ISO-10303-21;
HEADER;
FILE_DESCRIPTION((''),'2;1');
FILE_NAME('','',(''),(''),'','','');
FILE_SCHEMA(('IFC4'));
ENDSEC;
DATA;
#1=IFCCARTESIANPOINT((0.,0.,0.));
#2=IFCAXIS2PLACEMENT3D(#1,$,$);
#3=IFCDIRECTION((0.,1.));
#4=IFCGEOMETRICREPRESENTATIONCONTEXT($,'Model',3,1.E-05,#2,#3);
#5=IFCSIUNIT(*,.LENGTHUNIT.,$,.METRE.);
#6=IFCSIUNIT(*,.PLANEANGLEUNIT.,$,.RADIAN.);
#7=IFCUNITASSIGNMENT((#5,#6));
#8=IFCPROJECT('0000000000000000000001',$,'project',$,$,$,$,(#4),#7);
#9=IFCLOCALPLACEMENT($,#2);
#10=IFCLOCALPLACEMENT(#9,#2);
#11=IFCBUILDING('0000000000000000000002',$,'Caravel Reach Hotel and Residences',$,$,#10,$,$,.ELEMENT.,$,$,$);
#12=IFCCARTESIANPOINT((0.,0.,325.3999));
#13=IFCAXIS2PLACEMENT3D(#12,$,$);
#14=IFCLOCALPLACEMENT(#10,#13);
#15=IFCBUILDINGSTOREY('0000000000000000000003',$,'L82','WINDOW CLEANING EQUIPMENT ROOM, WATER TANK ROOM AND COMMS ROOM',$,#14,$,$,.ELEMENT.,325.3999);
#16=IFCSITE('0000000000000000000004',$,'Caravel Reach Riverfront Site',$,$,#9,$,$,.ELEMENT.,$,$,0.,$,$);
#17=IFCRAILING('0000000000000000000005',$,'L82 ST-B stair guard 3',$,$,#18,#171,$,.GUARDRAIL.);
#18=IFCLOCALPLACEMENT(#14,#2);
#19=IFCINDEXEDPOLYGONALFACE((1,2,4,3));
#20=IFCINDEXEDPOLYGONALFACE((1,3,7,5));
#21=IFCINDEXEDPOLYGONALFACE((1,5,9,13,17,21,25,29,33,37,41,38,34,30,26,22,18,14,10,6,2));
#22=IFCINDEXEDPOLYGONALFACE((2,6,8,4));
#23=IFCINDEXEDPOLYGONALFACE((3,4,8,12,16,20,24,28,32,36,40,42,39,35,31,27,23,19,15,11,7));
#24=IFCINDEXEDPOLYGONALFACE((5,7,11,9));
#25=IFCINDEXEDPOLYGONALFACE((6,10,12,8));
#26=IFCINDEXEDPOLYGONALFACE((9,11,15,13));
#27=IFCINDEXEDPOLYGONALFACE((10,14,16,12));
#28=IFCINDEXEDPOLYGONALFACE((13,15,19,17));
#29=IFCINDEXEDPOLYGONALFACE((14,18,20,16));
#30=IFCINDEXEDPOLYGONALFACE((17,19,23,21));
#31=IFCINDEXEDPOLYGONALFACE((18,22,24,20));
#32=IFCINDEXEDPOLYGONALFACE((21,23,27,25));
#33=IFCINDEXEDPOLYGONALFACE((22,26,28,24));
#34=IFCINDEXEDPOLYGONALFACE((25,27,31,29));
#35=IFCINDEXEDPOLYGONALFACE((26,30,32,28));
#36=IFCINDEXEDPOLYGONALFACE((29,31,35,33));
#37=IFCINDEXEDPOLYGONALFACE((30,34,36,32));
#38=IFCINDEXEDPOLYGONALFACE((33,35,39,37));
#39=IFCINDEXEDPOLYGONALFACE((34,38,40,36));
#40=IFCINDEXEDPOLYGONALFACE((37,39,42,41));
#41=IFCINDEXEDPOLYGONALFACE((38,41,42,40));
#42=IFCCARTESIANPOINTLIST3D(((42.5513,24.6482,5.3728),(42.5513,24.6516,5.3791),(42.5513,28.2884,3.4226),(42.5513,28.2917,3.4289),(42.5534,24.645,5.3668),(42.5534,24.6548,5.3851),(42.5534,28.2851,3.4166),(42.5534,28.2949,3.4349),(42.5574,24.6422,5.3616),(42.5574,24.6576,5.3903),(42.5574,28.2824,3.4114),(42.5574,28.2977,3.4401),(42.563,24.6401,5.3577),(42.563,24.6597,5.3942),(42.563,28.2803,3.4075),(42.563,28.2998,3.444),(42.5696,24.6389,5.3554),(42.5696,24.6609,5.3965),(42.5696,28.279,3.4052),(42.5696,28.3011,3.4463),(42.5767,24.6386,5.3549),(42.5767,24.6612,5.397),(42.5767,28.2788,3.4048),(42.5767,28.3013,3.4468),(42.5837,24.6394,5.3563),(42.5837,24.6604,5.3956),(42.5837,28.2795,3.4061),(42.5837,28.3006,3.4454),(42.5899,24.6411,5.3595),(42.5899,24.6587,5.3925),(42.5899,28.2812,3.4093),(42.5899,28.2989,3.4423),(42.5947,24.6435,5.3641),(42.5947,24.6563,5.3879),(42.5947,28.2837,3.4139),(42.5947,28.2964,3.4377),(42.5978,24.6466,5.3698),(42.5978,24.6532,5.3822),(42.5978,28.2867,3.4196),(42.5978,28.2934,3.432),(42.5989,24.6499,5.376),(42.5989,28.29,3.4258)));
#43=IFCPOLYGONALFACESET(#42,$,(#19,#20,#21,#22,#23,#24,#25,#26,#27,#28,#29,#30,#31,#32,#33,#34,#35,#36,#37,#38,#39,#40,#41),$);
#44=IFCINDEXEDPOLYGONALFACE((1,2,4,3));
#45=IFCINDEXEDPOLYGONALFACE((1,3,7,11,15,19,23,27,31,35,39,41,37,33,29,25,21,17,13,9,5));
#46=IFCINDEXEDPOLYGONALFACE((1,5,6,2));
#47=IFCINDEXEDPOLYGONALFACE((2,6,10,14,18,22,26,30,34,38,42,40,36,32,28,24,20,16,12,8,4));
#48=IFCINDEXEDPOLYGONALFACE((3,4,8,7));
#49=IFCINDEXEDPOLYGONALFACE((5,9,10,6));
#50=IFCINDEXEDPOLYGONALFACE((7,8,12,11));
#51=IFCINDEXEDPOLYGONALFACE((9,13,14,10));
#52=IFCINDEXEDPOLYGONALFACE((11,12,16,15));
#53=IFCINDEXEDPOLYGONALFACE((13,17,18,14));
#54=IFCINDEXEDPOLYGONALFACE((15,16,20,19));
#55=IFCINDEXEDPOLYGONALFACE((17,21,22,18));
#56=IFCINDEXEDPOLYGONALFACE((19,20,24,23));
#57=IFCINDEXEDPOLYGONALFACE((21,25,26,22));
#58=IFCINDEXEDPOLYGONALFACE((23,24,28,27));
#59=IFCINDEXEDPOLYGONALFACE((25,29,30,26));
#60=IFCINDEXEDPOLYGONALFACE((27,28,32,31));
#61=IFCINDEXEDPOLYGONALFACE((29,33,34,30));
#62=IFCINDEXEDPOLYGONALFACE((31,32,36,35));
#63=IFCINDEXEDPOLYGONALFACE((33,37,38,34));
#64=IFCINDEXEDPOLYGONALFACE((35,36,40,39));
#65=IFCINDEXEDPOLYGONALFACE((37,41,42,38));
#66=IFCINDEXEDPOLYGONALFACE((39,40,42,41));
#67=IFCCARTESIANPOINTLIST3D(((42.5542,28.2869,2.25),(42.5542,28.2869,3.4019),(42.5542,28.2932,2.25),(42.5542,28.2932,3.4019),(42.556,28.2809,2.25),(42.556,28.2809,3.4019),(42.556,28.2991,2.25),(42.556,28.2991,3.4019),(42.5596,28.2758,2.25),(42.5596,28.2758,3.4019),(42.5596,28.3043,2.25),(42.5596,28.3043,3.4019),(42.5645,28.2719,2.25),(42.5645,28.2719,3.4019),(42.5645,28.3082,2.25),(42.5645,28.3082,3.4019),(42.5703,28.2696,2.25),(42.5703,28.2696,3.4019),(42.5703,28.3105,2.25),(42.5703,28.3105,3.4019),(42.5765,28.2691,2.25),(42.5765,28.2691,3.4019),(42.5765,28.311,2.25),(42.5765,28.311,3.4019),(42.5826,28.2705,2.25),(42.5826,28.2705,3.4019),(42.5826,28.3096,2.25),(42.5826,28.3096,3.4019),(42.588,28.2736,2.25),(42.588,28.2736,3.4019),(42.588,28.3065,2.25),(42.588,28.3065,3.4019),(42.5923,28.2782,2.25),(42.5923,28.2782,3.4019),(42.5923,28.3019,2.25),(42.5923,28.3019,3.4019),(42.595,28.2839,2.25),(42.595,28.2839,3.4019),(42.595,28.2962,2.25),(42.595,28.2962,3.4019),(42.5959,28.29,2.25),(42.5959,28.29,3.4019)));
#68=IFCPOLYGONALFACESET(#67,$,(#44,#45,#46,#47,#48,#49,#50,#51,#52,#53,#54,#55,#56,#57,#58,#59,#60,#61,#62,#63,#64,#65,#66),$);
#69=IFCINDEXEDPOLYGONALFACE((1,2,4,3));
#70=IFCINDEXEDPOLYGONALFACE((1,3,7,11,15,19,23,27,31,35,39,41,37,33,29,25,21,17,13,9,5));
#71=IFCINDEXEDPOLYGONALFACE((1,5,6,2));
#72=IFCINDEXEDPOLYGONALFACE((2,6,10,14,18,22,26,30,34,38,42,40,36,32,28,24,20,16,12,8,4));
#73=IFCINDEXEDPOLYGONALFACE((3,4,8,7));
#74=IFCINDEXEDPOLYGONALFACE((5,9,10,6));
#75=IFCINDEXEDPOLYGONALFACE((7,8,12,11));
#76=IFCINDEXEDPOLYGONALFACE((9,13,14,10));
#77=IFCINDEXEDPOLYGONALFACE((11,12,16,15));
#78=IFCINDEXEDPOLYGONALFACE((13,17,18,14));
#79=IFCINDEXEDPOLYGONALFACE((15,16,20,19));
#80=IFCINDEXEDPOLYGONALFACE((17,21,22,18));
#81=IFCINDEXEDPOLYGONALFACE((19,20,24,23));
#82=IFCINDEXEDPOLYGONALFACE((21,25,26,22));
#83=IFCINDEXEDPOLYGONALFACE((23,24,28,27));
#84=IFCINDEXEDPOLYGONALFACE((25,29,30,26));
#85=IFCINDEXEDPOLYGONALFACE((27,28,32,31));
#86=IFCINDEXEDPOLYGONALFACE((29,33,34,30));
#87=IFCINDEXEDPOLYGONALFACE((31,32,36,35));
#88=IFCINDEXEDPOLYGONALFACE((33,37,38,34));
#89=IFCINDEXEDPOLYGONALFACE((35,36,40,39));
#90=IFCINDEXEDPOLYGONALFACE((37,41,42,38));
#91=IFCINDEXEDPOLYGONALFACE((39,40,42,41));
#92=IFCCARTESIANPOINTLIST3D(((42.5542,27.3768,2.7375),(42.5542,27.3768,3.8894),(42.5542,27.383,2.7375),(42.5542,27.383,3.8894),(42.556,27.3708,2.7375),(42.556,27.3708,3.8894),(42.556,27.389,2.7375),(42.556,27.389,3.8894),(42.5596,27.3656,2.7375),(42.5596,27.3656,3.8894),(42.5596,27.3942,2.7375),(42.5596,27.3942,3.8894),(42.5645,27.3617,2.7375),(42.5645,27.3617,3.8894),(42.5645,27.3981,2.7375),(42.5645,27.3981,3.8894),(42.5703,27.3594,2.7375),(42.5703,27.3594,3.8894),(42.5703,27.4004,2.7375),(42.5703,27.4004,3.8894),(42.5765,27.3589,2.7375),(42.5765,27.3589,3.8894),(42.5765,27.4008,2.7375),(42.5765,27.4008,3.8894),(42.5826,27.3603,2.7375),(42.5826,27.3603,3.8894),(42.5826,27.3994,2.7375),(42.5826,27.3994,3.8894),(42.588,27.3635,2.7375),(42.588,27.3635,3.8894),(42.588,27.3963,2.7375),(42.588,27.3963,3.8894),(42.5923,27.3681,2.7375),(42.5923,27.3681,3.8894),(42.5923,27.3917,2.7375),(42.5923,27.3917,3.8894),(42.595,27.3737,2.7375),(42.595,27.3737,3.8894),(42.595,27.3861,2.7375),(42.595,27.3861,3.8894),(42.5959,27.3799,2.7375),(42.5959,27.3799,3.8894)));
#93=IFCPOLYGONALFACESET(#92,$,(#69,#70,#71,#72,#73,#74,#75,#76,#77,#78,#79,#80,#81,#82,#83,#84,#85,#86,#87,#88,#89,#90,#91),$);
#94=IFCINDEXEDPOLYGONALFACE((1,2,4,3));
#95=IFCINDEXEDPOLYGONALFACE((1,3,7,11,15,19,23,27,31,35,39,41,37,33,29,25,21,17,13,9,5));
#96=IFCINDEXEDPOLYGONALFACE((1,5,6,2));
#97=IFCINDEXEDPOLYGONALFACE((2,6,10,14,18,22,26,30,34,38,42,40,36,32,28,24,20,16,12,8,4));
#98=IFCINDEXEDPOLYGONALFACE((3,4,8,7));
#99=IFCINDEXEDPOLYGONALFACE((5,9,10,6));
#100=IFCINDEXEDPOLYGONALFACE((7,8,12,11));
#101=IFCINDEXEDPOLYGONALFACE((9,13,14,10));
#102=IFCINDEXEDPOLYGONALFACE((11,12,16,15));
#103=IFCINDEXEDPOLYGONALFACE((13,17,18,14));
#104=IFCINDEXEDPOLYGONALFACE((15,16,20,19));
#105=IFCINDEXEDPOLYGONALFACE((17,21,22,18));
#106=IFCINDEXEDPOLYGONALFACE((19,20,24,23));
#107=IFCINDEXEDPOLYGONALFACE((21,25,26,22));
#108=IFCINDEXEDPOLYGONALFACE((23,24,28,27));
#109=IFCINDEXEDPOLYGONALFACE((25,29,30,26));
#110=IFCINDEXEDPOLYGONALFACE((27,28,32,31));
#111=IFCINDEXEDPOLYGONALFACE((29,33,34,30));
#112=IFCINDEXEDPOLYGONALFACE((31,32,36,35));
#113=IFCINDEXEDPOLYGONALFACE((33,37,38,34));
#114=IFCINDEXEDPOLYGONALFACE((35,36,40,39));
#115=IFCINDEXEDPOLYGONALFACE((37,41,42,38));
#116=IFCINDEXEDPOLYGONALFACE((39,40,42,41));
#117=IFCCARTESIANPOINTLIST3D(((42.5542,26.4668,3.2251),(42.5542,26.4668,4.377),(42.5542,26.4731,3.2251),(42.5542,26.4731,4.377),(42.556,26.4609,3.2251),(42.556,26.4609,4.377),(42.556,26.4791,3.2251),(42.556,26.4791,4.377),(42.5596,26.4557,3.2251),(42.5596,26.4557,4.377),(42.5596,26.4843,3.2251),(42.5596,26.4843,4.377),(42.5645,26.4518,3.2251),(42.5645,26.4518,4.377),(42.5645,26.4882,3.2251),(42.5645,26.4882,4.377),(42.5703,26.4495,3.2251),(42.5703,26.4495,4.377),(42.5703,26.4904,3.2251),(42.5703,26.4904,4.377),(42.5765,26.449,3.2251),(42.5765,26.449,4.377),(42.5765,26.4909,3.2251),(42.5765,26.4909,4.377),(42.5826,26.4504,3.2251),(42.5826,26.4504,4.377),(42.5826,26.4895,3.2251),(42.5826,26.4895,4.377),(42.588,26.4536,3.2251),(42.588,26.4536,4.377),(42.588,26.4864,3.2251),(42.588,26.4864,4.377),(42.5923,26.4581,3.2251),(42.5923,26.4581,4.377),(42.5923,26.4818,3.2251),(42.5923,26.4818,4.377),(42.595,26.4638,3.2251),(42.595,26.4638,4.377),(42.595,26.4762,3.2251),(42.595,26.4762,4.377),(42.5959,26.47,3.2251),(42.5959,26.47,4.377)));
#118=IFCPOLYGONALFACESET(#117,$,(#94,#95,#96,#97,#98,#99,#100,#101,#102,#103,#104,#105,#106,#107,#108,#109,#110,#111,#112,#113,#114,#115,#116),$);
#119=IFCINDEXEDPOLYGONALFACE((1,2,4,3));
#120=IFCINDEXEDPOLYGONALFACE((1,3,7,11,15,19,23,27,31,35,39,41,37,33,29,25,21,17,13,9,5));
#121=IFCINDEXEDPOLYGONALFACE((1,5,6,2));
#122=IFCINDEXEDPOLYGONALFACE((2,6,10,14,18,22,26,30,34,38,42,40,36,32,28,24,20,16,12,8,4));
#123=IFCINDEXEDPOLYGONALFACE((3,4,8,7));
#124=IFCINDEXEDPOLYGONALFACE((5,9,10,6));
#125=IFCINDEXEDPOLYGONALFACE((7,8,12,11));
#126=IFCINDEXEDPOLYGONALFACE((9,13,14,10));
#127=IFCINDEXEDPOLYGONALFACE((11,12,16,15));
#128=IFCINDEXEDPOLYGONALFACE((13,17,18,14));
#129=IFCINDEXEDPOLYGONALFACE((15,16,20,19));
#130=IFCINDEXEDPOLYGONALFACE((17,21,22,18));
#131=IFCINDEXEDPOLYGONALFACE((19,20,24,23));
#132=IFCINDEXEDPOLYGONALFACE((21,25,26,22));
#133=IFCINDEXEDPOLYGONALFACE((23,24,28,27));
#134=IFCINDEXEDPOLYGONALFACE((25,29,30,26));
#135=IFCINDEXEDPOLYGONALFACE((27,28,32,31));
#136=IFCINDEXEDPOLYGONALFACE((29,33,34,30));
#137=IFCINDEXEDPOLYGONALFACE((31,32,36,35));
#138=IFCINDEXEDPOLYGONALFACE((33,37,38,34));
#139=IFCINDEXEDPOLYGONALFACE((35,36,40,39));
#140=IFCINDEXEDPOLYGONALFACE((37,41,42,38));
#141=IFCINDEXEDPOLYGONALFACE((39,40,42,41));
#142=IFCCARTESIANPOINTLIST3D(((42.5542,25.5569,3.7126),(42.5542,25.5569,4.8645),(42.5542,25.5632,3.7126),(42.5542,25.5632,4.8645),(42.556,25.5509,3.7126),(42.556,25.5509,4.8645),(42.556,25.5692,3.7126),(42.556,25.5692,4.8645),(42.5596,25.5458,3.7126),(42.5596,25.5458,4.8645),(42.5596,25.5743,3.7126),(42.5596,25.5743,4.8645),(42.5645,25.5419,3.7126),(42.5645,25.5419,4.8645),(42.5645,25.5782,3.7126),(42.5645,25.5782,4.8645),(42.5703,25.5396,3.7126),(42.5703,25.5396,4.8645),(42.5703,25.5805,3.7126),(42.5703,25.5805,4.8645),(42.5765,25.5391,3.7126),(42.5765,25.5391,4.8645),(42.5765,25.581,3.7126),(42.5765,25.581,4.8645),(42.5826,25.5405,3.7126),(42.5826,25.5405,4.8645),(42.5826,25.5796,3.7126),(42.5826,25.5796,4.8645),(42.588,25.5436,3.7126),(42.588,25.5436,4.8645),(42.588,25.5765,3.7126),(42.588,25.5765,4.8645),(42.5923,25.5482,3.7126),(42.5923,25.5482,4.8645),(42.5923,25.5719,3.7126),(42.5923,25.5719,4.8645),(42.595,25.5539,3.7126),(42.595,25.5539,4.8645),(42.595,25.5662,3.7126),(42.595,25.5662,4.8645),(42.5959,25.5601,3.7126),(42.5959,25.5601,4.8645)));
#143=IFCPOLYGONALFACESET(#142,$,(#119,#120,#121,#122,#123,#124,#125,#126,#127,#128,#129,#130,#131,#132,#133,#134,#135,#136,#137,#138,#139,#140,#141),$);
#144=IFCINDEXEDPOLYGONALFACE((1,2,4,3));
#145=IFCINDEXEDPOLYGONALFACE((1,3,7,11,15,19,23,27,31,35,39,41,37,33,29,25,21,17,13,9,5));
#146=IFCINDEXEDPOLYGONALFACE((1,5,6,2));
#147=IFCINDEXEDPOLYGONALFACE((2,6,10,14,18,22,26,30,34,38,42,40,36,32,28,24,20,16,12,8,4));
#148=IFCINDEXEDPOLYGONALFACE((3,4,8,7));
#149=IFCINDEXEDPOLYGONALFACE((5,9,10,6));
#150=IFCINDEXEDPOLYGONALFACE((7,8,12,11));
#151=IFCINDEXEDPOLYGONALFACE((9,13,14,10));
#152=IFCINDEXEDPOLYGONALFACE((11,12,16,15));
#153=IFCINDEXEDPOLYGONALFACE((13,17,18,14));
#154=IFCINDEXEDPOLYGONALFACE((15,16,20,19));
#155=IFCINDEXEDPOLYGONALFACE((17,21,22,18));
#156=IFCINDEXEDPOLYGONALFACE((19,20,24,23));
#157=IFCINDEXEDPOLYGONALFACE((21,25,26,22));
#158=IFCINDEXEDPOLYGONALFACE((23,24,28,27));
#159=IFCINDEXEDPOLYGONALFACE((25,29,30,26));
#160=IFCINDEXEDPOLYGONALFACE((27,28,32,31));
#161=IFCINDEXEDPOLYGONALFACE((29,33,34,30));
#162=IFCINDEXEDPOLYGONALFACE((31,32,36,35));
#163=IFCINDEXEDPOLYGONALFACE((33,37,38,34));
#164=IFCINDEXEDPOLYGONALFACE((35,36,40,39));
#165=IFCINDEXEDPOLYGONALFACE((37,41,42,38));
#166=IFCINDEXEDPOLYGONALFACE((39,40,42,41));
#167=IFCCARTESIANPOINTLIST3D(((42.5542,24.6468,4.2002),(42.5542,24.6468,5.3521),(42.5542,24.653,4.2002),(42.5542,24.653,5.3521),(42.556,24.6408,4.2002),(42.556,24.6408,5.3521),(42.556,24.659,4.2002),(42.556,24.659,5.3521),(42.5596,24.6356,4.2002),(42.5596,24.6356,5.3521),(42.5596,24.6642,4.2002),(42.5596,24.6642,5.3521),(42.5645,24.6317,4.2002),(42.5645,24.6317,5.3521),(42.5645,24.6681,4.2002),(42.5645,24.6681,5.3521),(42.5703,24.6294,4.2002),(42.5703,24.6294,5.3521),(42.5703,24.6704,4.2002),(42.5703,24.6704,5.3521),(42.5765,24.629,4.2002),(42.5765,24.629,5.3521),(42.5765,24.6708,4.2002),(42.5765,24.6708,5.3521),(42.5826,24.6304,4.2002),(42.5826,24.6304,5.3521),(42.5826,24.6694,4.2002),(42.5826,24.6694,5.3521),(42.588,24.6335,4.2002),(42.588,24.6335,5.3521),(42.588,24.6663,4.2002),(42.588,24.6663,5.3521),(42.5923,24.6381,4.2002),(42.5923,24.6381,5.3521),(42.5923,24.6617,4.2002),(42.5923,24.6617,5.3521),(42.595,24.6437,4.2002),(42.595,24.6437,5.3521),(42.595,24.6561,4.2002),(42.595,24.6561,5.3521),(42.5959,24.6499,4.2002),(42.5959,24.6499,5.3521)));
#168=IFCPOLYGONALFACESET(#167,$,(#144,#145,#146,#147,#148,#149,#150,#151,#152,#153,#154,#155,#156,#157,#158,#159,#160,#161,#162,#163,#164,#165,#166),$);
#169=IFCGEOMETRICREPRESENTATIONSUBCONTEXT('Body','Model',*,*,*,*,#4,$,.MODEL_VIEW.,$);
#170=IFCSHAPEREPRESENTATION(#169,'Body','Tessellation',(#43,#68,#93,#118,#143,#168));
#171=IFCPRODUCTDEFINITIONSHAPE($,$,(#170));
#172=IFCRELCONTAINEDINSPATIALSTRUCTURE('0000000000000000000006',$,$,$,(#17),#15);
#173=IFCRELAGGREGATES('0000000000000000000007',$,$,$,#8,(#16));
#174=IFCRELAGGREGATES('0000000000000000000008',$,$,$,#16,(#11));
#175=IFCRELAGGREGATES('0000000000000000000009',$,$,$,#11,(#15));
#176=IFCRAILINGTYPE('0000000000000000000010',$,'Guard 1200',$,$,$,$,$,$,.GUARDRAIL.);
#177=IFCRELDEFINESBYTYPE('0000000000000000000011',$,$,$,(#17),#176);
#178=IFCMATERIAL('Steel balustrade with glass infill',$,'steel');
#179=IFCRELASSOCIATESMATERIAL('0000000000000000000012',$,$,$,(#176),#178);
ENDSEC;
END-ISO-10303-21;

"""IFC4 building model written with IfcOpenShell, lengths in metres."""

from ifc_helpers import new_model, si_unit, direction, frame, origin, origin_2d, place, context, subcontext, project, spatial, circle, extrude, material, type_object, element, save


model = new_model("IFC4")

# Units and contexts
model_context = context("Model", 3, precision=1e-05, world=origin(), true_north=direction((0.0, 1.0)))
body_context = subcontext(model_context, "Body", "Model", "MODEL_VIEW")
ifc_project = project(units=[si_unit("LENGTHUNIT", "METRE"), si_unit("PLANEANGLEUNIT", "RADIAN")], contexts=[model_context])

# Site, building, storey
site_placement = place(None, origin())
site = spatial("IfcSite", under=ifc_project, at=site_placement, Name="Caravel Reach Riverfront Site", CompositionType="ELEMENT", RefElevation=0.0)
building_placement = place(site_placement, origin())
building = spatial("IfcBuilding", under=site, at=building_placement, Name="Caravel Reach Hotel and Residences", CompositionType="ELEMENT")
storey_placement = place(building_placement, frame((0.0, 0.0, 325.3999)))
storey = spatial("IfcBuildingStorey", under=building, at=storey_placement, Name="L82", Description="WINDOW CLEANING EQUIPMENT ROOM, WATER TANK ROOM AND COMMS ROOM", CompositionType="ELEMENT", Elevation=325.3999)

# Railing
ifc_material_1 = material(Name="Steel balustrade with glass infill", Category="steel")
railing_type_1 = type_object("IfcRailingType", Name="Guard 1200", PredefinedType="GUARDRAIL", material=ifc_material_1)
railing_1_placement = place(storey_placement, frame((42.575, 28.29, 2.25)))
element("IfcRailing", 1, at=railing_1_placement, inside=storey, type_object=railing_type_1, Name="L82 ST-B stair guard 3", PredefinedType="GUARDRAIL", context=body_context, shape_type="SweptSolid", body=[
    extrude(circle(Radius=0.0239, at=origin_2d()), frame((0.0, 0.0, 1.1758), z_axis=(0.0, -0.881468, 0.472244), x_axis=(1.0, 0.0, 0.0)), (0.0, 0.0, 1.0), 4.1296),
    extrude(circle(Radius=0.021, at=origin_2d()), origin(), (0.0, 0.0, 1.0), 1.1519),
    extrude(circle(Radius=0.021, at=origin_2d()), frame((0.0, -0.9102, 0.4875)), (0.0, 0.0, 1.0), 1.1519),
    extrude(circle(Radius=0.021, at=origin_2d()), frame((0.0, -1.8201, 0.9751)), (0.0, 0.0, 1.0), 1.1519),
    extrude(circle(Radius=0.021, at=origin_2d()), frame((0.0, -2.73, 1.4626)), (0.0, 0.0, 1.0), 1.1519),
    extrude(circle(Radius=0.021, at=origin_2d()), frame((0.0, -3.6401, 1.9502)), (0.0, 0.0, 1.0), 1.1519),
])

save(model, "model.ifc")
